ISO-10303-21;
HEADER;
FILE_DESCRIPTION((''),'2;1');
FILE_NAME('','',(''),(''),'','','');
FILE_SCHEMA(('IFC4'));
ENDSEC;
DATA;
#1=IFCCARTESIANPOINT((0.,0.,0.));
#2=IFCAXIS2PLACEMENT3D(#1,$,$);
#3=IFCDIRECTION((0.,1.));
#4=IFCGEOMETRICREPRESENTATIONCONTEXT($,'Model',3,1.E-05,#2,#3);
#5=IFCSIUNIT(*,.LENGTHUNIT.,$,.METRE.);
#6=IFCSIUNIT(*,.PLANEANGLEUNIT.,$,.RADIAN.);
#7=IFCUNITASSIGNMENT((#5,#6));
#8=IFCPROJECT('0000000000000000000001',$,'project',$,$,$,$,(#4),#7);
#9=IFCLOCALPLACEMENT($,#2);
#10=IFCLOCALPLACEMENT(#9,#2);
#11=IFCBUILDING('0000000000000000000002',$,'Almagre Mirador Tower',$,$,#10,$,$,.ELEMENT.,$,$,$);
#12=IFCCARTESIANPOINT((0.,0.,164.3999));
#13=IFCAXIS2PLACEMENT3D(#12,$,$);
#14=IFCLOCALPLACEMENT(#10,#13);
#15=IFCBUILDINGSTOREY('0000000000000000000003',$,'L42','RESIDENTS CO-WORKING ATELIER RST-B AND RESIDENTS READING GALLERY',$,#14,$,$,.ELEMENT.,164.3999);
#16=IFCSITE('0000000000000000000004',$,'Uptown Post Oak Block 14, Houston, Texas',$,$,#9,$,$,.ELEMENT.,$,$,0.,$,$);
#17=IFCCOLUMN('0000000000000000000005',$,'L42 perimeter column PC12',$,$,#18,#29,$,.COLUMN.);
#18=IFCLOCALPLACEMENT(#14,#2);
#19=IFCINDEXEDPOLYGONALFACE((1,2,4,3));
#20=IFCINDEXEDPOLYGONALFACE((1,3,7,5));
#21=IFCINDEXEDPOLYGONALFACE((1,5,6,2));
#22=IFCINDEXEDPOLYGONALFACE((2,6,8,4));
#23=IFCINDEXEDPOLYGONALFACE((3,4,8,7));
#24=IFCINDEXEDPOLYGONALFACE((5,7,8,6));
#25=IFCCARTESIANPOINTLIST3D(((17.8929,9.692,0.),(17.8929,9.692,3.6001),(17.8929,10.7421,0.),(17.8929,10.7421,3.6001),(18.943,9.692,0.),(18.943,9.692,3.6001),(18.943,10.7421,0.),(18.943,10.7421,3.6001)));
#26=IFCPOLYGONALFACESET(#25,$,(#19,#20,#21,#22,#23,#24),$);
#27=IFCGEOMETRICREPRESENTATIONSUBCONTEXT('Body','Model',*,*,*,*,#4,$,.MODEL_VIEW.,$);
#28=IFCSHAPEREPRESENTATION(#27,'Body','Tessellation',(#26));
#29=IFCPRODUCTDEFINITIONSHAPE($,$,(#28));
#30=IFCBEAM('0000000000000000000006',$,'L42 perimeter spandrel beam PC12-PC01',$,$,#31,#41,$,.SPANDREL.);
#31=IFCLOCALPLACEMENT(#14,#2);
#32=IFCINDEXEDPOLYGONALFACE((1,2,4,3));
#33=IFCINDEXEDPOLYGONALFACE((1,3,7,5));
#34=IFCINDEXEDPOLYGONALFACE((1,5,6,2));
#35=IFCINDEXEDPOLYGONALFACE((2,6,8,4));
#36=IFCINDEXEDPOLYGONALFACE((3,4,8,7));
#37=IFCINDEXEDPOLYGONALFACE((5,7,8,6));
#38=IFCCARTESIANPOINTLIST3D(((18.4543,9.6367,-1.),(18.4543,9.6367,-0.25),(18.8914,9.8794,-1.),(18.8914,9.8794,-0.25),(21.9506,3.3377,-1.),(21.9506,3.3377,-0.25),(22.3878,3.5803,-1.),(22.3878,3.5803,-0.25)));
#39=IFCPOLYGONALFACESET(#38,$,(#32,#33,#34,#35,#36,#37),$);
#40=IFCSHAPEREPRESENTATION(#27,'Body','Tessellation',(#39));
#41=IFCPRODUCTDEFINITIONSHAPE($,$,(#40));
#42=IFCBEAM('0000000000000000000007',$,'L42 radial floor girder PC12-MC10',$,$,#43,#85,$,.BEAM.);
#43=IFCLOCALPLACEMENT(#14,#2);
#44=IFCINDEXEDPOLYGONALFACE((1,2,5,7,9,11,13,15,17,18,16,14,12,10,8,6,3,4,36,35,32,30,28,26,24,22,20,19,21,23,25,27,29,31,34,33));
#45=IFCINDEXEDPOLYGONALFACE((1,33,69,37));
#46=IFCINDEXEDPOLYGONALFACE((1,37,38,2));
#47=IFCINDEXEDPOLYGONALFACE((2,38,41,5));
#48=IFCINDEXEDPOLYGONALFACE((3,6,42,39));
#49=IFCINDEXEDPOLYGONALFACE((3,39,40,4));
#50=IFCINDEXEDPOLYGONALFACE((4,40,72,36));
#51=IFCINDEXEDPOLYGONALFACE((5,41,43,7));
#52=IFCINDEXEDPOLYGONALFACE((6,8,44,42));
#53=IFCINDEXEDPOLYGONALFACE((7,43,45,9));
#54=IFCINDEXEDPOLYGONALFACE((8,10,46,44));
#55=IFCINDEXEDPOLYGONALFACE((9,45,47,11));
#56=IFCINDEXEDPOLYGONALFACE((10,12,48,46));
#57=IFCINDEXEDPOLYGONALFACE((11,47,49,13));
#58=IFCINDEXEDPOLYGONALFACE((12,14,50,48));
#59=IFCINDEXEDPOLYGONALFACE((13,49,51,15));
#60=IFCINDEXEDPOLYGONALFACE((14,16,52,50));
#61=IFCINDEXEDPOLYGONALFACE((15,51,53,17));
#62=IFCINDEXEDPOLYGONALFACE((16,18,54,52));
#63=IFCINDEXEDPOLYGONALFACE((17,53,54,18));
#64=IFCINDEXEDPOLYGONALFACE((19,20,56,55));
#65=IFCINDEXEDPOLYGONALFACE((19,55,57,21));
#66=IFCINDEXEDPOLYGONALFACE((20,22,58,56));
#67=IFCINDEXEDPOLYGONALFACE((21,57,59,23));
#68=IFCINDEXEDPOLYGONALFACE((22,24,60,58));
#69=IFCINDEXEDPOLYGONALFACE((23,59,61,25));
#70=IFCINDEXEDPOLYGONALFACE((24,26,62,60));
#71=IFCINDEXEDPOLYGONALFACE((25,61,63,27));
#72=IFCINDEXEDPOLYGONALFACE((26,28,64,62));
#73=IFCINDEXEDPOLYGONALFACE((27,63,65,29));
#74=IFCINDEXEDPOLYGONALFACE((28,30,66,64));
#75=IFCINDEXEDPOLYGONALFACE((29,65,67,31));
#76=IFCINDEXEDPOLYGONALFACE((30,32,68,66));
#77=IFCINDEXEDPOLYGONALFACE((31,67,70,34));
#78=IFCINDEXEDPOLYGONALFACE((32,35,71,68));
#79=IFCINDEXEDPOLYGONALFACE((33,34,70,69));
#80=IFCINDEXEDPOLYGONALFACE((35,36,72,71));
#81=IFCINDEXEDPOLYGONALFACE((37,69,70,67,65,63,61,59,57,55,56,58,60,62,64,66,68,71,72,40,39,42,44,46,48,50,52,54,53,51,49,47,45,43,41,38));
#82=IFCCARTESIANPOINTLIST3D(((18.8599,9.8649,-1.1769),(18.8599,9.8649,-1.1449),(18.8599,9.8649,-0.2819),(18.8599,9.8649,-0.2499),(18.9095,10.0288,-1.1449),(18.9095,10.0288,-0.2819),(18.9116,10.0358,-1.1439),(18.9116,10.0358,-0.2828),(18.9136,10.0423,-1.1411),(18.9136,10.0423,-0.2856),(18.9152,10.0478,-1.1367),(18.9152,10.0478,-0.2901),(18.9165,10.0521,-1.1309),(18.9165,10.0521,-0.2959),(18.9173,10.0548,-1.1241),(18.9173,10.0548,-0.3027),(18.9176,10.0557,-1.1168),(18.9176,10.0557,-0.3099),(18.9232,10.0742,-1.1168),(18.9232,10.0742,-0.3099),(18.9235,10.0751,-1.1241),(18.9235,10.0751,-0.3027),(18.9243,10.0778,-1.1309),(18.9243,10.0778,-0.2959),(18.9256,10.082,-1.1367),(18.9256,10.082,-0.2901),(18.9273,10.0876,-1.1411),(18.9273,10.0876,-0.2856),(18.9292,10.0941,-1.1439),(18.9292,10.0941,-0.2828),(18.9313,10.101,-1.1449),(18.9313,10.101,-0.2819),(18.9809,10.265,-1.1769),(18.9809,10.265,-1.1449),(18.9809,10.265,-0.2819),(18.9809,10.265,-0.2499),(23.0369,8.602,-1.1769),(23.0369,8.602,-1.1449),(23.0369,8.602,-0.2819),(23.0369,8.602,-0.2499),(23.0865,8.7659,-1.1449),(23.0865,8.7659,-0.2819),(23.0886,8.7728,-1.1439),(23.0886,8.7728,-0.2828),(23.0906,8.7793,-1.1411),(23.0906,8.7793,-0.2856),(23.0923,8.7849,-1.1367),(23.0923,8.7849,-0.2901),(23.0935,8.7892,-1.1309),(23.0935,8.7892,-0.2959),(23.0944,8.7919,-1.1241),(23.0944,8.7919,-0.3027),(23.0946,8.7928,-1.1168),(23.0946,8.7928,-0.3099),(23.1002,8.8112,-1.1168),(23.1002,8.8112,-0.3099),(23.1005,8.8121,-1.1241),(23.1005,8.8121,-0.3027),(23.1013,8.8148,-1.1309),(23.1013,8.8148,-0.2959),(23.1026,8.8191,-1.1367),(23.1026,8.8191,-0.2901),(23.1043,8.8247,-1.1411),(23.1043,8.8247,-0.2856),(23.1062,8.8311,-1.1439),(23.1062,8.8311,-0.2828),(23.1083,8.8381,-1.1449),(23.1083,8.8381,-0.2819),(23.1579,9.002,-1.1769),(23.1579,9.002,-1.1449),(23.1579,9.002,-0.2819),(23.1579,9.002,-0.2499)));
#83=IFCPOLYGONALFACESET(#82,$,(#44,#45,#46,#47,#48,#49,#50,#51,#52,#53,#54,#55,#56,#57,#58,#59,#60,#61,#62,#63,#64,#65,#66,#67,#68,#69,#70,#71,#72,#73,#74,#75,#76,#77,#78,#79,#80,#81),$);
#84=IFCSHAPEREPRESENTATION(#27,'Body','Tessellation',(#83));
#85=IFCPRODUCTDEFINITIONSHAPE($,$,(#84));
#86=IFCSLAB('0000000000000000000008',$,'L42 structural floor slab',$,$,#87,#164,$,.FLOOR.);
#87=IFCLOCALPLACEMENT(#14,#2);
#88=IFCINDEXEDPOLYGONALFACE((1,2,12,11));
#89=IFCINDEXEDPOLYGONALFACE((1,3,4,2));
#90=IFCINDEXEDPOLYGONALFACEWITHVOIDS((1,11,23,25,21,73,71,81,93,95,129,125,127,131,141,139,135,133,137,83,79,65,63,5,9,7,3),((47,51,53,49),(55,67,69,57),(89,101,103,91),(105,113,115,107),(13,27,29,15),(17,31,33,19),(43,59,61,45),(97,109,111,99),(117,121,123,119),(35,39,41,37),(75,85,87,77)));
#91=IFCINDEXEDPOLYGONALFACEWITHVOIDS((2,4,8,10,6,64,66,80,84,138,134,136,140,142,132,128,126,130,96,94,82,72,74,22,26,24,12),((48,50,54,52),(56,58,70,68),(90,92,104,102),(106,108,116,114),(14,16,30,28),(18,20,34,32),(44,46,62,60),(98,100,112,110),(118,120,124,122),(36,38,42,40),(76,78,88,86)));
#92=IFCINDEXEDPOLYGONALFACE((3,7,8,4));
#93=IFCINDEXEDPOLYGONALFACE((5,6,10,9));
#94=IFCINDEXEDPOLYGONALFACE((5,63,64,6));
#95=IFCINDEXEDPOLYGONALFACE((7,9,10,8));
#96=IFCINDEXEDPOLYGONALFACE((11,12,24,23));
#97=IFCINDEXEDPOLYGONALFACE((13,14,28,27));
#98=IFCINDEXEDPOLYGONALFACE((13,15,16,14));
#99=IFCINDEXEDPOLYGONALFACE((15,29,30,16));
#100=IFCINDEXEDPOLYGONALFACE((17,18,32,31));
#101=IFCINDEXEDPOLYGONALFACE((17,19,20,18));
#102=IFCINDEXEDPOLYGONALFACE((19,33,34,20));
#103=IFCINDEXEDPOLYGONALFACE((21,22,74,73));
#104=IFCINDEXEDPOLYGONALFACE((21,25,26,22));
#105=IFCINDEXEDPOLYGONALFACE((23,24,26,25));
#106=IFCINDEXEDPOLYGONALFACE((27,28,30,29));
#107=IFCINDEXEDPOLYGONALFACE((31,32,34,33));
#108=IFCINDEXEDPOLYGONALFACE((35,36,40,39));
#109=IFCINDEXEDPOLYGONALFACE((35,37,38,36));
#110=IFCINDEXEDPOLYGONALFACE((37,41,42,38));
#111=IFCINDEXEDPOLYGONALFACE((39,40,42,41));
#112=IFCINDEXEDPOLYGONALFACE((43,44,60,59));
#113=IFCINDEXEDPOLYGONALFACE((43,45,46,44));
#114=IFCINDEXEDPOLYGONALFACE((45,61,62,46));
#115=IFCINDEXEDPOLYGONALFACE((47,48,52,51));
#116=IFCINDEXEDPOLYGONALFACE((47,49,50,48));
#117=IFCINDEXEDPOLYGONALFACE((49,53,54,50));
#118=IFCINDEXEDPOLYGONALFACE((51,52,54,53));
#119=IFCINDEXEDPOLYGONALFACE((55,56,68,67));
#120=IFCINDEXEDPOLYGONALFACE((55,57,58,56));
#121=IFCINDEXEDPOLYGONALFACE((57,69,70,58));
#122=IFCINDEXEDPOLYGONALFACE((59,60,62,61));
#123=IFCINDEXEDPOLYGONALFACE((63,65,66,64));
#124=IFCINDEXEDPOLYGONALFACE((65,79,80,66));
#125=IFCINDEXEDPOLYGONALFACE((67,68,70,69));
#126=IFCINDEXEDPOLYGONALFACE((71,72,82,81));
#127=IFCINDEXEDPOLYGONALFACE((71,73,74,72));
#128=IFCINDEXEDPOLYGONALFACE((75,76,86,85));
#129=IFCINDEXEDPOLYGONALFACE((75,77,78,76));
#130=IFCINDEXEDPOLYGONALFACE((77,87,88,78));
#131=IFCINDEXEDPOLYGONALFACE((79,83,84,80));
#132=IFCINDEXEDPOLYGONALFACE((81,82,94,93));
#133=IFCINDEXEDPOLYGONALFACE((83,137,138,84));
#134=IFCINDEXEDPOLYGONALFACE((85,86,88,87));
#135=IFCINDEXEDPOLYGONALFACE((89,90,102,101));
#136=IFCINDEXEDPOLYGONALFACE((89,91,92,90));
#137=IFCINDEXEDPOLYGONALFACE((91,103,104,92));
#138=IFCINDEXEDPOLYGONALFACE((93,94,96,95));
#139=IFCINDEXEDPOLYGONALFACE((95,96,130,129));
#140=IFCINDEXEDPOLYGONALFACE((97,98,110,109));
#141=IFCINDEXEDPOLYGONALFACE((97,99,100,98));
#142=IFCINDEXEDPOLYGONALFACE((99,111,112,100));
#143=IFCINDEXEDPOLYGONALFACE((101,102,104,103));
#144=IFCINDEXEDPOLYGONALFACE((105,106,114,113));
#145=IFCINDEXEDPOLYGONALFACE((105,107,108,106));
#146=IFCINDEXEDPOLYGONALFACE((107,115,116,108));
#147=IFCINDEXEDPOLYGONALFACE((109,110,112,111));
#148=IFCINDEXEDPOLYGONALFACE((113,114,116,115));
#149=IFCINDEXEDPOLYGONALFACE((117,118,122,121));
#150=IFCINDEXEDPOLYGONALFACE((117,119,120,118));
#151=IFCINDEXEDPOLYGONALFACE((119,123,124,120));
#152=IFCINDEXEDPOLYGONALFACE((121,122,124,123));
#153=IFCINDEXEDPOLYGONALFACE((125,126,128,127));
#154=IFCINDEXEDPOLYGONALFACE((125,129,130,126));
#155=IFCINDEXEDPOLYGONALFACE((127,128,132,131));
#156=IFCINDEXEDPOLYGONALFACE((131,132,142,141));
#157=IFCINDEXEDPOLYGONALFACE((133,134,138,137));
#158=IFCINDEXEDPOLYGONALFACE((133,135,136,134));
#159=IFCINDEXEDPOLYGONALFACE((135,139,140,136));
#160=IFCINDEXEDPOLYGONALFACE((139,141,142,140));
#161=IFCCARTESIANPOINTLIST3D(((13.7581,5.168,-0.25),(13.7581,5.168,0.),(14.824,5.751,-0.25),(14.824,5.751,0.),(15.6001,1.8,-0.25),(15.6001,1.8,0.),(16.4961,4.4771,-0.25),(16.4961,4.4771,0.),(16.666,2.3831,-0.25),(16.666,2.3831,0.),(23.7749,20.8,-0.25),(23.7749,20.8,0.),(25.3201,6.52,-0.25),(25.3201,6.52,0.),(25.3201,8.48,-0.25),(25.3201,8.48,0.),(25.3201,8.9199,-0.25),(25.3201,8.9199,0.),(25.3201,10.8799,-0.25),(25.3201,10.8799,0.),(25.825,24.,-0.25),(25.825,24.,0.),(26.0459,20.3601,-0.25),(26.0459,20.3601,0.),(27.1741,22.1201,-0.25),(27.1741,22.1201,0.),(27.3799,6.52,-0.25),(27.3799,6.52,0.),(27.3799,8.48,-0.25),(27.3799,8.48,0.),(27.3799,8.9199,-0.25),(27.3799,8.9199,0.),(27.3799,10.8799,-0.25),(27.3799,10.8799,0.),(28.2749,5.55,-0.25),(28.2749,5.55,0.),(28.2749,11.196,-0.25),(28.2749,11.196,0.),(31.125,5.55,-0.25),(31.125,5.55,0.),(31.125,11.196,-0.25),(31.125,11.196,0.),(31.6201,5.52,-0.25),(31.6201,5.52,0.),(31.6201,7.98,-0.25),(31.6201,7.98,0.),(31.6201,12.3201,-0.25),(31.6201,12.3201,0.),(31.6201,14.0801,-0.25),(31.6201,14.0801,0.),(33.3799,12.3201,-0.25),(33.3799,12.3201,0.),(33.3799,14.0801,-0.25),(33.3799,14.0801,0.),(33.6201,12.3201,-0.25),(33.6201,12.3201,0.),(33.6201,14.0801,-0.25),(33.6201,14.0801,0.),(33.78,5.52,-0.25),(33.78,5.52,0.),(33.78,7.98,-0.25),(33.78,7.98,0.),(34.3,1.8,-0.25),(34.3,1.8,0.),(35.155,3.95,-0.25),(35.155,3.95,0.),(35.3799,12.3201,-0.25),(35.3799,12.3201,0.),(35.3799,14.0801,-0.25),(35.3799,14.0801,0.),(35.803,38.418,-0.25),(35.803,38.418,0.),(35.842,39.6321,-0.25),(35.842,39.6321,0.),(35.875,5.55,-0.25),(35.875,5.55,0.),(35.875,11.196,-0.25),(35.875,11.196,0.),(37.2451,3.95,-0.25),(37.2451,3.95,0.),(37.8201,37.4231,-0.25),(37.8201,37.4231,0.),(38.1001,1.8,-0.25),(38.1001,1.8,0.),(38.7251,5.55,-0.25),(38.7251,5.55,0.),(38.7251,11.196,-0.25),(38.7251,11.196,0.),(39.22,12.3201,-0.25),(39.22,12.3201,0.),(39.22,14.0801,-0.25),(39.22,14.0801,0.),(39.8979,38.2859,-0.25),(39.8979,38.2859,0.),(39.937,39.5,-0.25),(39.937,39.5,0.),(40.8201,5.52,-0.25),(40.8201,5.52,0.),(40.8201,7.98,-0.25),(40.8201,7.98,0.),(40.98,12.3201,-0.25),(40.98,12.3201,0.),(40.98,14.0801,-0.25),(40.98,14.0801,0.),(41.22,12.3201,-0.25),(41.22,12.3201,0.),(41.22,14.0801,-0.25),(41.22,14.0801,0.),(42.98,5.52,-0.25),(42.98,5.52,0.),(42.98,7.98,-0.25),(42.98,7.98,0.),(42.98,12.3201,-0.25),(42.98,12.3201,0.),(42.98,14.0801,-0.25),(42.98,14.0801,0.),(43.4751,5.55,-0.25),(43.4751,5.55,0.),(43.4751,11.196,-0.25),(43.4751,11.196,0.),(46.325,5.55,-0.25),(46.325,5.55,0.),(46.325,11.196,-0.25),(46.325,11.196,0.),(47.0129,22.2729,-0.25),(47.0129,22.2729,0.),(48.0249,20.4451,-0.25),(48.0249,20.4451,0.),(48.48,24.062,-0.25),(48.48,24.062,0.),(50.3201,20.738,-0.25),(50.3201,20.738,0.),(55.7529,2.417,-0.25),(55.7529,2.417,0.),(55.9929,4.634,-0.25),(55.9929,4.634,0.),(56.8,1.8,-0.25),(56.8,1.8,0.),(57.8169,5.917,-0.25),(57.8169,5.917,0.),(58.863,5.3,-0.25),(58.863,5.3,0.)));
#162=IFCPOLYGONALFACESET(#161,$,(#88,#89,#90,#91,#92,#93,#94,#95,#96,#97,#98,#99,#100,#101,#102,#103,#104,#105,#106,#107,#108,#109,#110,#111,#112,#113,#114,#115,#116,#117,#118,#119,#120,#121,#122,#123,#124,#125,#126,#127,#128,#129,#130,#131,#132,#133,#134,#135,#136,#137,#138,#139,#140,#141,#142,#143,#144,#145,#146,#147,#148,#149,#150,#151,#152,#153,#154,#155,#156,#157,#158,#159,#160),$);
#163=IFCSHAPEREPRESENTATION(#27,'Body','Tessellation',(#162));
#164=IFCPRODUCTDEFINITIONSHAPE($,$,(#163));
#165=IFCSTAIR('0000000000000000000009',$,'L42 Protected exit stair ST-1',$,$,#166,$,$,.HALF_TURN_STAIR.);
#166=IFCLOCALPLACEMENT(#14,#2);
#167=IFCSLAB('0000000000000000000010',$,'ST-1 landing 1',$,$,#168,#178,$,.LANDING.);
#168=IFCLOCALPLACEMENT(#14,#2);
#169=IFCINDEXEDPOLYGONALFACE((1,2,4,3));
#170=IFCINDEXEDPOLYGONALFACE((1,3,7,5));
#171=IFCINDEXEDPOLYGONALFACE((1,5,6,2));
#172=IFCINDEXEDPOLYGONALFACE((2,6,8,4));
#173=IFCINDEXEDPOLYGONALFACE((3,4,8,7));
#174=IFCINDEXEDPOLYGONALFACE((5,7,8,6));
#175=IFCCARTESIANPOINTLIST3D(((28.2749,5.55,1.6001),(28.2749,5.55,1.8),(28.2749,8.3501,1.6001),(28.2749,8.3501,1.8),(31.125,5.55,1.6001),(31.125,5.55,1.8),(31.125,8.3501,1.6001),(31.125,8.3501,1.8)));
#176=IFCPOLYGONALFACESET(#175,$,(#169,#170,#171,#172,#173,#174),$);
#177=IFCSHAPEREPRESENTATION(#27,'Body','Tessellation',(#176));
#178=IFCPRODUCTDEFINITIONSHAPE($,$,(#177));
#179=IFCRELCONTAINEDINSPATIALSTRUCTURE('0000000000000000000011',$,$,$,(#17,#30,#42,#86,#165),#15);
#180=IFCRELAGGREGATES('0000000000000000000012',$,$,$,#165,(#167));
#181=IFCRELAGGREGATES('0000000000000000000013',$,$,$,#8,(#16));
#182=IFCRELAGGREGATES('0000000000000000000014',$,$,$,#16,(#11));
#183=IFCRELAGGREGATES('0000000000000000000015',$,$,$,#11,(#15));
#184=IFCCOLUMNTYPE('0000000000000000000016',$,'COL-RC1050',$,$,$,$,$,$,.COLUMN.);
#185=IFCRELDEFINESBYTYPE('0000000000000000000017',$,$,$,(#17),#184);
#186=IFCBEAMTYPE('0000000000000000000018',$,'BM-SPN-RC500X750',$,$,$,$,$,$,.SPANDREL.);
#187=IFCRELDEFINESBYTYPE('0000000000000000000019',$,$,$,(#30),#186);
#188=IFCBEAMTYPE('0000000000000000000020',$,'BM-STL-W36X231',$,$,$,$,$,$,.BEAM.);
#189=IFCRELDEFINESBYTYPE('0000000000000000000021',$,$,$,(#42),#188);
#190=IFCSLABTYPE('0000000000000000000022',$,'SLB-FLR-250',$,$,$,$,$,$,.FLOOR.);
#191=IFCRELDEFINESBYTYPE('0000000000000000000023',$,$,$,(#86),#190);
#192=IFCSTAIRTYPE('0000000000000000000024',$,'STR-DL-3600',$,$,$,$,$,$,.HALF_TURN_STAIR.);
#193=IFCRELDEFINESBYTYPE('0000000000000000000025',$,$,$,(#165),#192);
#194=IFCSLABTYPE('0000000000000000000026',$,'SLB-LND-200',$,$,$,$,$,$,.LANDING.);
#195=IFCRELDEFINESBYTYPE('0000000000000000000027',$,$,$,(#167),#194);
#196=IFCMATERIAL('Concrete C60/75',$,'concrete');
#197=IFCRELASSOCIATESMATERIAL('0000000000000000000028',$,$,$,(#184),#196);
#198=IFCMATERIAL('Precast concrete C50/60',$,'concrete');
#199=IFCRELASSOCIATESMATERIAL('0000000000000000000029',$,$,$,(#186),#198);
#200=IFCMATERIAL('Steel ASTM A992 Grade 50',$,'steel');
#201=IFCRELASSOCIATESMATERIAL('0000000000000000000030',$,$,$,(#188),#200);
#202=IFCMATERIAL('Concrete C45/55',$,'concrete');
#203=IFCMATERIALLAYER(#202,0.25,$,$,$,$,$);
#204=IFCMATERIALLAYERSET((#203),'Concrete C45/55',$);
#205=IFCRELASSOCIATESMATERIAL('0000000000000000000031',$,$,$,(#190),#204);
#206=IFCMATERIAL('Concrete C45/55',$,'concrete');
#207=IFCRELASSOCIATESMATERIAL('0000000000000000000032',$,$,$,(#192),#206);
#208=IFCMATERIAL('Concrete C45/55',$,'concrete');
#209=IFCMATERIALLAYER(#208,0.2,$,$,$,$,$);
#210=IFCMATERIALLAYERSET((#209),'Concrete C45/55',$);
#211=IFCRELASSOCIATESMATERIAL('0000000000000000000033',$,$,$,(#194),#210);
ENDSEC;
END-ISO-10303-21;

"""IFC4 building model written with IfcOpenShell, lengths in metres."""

from ifc_helpers import new_model, si_unit, direction, frame, origin, origin_2d, place, context, subcontext, project, spatial, polyline, rectangle, i_section, outline, extrude, material, layer, layer_set, material_profile, profile_set, type_object, element, aggregate, save


model = new_model("IFC4")

# Units and contexts
model_context = context("Model", 3, precision=1e-05, world=origin(), true_north=direction((0.0, 1.0)))
body_context = subcontext(model_context, "Body", "Model", "MODEL_VIEW")
ifc_project = project(units=[si_unit("LENGTHUNIT", "METRE"), si_unit("PLANEANGLEUNIT", "RADIAN")], contexts=[model_context])

# Site, building, storey
site_placement = place(None, origin())
site = spatial("IfcSite", under=ifc_project, at=site_placement, Name="Uptown Post Oak Block 14, Houston, Texas", CompositionType="ELEMENT", RefElevation=0.0)
building_placement = place(site_placement, origin())
building = spatial("IfcBuilding", under=site, at=building_placement, Name="Almagre Mirador Tower", CompositionType="ELEMENT")
storey_placement = place(building_placement, frame((0.0, 0.0, 164.3999)))
storey = spatial("IfcBuildingStorey", under=building, at=storey_placement, Name="L42", Description="RESIDENTS CO-WORKING ATELIER RST-B AND RESIDENTS READING GALLERY", CompositionType="ELEMENT", Elevation=164.3999)

# Column
ifc_material_1 = material(Name="Concrete C60/75", Category="concrete")
ifc_material_profile_1 = material_profile(ifc_material_1, rectangle(XDim=1.05, YDim=1.05, at=origin_2d()), Name="RC1050X1050")
ifc_profile_set_1 = profile_set([ifc_material_profile_1], Name="Concrete C60/75")
column_type = type_object("IfcColumnType", Name="COL-RC1050", PredefinedType="COLUMN", material=ifc_profile_set_1)
column_placement = place(storey_placement, frame((18.418, 10.217, 0.0), z_axis=(0.0, 0.0, 1.0), x_axis=(1.0, 0.0, 0.0)))
element("IfcColumn", 1, at=column_placement, inside=storey, type_object=column_type, Name="L42 perimeter column PC12", PredefinedType="COLUMN", context=body_context, shape_type="SweptSolid", body=[
    extrude(rectangle(XDim=1.05, YDim=1.05, at=origin_2d()), origin(), (0.0, 0.0, 1.0), 3.6001),
])

# Beams
ifc_material_2 = material(Name="Precast concrete C50/60", Category="concrete")
ifc_material_profile_2 = material_profile(ifc_material_2, rectangle(XDim=0.5, YDim=0.75, at=origin_2d()), Name="RC500X750")
ifc_profile_set_2 = profile_set([ifc_material_profile_2], Name="Precast concrete C50/60")
beam_type_1 = type_object("IfcBeamType", Name="BM-SPN-RC500X750", PredefinedType="SPANDREL", material=ifc_profile_set_2)
beam_1_placement = place(storey_placement, frame((18.6729, 9.7581, -0.625), z_axis=(0.485309, -0.874343, 0.0), x_axis=(0.874343, 0.485309, 0.0)))
element("IfcBeam", 2, at=beam_1_placement, inside=storey, type_object=beam_type_1, Name="L42 perimeter spandrel beam PC12-PC01", PredefinedType="SPANDREL", context=body_context, shape_type="SweptSolid", body=[
    extrude(rectangle(XDim=0.5, YDim=0.75, at=origin_2d()), origin(), (0.0, 0.0, 1.0), 7.2043),
])
ifc_material_3 = material(Name="Steel ASTM A992 Grade 50", Category="steel")
ifc_material_profile_3 = material_profile(ifc_material_3, i_section(OverallWidth=0.418, OverallDepth=0.927, WebThickness=0.0193, FlangeThickness=0.032, FilletRadius=0.0281, at=origin_2d()), Name="W36X231")
ifc_profile_set_3 = profile_set([ifc_material_profile_3], Name="Steel ASTM A992 Grade 50")
beam_type_2 = type_object("IfcBeamType", Name="BM-STL-W36X231", PredefinedType="BEAM", material=ifc_profile_set_3)
beam_2_placement = place(storey_placement, frame((18.9204, 10.0649, -0.7134), z_axis=(0.957203, -0.289416, 0.0), x_axis=(0.289416, 0.957203, 0.0)))
element("IfcBeam", 3, at=beam_2_placement, inside=storey, type_object=beam_type_2, Name="L42 radial floor girder PC12-MC10", PredefinedType="BEAM", context=body_context, shape_type="SweptSolid", body=[
    extrude(i_section(OverallWidth=0.418, OverallDepth=0.927, WebThickness=0.0193, FlangeThickness=0.032, FilletRadius=0.0281, at=origin_2d()), origin(), (0.0, 0.0, 1.0), 4.3638),
])

# Slab
ifc_material_4 = material(Name="Concrete C45/55", Category="concrete")
ifc_layer_1 = layer(ifc_material_4, 0.25)
ifc_layer_set_1 = layer_set([ifc_layer_1], Name="Concrete C45/55")
slab_type_1 = type_object("IfcSlabType", Name="SLB-FLR-250", PredefinedType="FLOOR", material=ifc_layer_set_1)
slab_1_placement = place(storey_placement, frame((0.0, 0.0, -0.25)))
element("IfcSlab", 4, at=slab_1_placement, inside=storey, type_object=slab_type_1, Name="L42 structural floor slab", PredefinedType="FLOOR", context=body_context, shape_type="SweptSolid", body=[
    extrude(outline(polyline([(13.7581, 5.168), (14.824, 5.751), (16.4961, 4.4771), (16.666, 2.3831), (15.6001, 1.8), (34.3, 1.8), (35.155, 3.95), (37.2451, 3.95), (38.1001, 1.8), (56.8, 1.8), (55.7529, 2.417), (55.9929, 4.634), (57.8169, 5.917), (58.863, 5.3), (50.3201, 20.738), (48.0249, 20.4451), (47.0129, 22.2729), (48.48, 24.062), (39.937, 39.5), (39.8979, 38.2859), (37.8201, 37.4231), (35.803, 38.418), (35.842, 39.6321), (25.825, 24.0), (27.1741, 22.1201), (26.0459, 20.3601), (23.7749, 20.8), (13.7581, 5.168)]), holes=[polyline([(43.4751, 5.55), (43.4751, 11.196), (46.325, 11.196), (46.325, 5.55), (43.4751, 5.55)]), polyline([(40.8201, 5.52), (40.8201, 7.98), (42.98, 7.98), (42.98, 5.52), (40.8201, 5.52)]), polyline([(41.22, 12.3201), (41.22, 14.0801), (42.98, 14.0801), (42.98, 12.3201), (41.22, 12.3201)]), polyline([(39.22, 12.3201), (39.22, 14.0801), (40.98, 14.0801), (40.98, 12.3201), (39.22, 12.3201)]), polyline([(35.875, 11.196), (38.7251, 11.196), (38.7251, 5.55), (35.875, 5.55), (35.875, 11.196)]), polyline([(35.3799, 12.3201), (33.6201, 12.3201), (33.6201, 14.0801), (35.3799, 14.0801), (35.3799, 12.3201)]), polyline([(33.78, 5.52), (31.6201, 5.52), (31.6201, 7.98), (33.78, 7.98), (33.78, 5.52)]), polyline([(31.6201, 12.3201), (31.6201, 14.0801), (33.3799, 14.0801), (33.3799, 12.3201), (31.6201, 12.3201)]), polyline([(28.2749, 5.55), (28.2749, 11.196), (31.125, 11.196), (31.125, 5.55), (28.2749, 5.55)]), polyline([(25.3201, 8.9199), (25.3201, 10.8799), (27.3799, 10.8799), (27.3799, 8.9199), (25.3201, 8.9199)]), polyline([(27.3799, 6.52), (25.3201, 6.52), (25.3201, 8.48), (27.3799, 8.48), (27.3799, 6.52)])]), origin(), (0.0, 0.0, 1.0), 0.25),
])

# Stair, slab
ifc_material_5 = material(Name="Concrete C45/55", Category="concrete")
stair_type = type_object("IfcStairType", Name="STR-DL-3600", PredefinedType="HALF_TURN_STAIR", material=ifc_material_5)
stair_1_placement = place(storey_placement, origin())
stair_1 = element("IfcStair", 5, at=stair_1_placement, inside=storey, type_object=stair_type, Name="L42 Protected exit stair ST-1", PredefinedType="HALF_TURN_STAIR")
ifc_material_6 = material(Name="Concrete C45/55", Category="concrete")
ifc_layer_2 = layer(ifc_material_6, 0.2)
ifc_layer_set_2 = layer_set([ifc_layer_2], Name="Concrete C45/55")
slab_type_2 = type_object("IfcSlabType", Name="SLB-LND-200", PredefinedType="LANDING", material=ifc_layer_set_2)
slab_2_placement = place(storey_placement, frame((0.0, 0.0, 1.6001)))
slab_2 = element("IfcSlab", 6, at=slab_2_placement, type_object=slab_type_2, Name="ST-1 landing 1", PredefinedType="LANDING", context=body_context, shape_type="SweptSolid", body=[
    extrude(outline(polyline([(28.2749, 8.3501), (28.2749, 5.55), (31.125, 5.55), (31.125, 8.3501), (28.2749, 8.3501)])), origin(), (0.0, 0.0, 1.0), 0.2),
])
aggregate(stair_1, [slab_2])

save(model, "model.ifc")
